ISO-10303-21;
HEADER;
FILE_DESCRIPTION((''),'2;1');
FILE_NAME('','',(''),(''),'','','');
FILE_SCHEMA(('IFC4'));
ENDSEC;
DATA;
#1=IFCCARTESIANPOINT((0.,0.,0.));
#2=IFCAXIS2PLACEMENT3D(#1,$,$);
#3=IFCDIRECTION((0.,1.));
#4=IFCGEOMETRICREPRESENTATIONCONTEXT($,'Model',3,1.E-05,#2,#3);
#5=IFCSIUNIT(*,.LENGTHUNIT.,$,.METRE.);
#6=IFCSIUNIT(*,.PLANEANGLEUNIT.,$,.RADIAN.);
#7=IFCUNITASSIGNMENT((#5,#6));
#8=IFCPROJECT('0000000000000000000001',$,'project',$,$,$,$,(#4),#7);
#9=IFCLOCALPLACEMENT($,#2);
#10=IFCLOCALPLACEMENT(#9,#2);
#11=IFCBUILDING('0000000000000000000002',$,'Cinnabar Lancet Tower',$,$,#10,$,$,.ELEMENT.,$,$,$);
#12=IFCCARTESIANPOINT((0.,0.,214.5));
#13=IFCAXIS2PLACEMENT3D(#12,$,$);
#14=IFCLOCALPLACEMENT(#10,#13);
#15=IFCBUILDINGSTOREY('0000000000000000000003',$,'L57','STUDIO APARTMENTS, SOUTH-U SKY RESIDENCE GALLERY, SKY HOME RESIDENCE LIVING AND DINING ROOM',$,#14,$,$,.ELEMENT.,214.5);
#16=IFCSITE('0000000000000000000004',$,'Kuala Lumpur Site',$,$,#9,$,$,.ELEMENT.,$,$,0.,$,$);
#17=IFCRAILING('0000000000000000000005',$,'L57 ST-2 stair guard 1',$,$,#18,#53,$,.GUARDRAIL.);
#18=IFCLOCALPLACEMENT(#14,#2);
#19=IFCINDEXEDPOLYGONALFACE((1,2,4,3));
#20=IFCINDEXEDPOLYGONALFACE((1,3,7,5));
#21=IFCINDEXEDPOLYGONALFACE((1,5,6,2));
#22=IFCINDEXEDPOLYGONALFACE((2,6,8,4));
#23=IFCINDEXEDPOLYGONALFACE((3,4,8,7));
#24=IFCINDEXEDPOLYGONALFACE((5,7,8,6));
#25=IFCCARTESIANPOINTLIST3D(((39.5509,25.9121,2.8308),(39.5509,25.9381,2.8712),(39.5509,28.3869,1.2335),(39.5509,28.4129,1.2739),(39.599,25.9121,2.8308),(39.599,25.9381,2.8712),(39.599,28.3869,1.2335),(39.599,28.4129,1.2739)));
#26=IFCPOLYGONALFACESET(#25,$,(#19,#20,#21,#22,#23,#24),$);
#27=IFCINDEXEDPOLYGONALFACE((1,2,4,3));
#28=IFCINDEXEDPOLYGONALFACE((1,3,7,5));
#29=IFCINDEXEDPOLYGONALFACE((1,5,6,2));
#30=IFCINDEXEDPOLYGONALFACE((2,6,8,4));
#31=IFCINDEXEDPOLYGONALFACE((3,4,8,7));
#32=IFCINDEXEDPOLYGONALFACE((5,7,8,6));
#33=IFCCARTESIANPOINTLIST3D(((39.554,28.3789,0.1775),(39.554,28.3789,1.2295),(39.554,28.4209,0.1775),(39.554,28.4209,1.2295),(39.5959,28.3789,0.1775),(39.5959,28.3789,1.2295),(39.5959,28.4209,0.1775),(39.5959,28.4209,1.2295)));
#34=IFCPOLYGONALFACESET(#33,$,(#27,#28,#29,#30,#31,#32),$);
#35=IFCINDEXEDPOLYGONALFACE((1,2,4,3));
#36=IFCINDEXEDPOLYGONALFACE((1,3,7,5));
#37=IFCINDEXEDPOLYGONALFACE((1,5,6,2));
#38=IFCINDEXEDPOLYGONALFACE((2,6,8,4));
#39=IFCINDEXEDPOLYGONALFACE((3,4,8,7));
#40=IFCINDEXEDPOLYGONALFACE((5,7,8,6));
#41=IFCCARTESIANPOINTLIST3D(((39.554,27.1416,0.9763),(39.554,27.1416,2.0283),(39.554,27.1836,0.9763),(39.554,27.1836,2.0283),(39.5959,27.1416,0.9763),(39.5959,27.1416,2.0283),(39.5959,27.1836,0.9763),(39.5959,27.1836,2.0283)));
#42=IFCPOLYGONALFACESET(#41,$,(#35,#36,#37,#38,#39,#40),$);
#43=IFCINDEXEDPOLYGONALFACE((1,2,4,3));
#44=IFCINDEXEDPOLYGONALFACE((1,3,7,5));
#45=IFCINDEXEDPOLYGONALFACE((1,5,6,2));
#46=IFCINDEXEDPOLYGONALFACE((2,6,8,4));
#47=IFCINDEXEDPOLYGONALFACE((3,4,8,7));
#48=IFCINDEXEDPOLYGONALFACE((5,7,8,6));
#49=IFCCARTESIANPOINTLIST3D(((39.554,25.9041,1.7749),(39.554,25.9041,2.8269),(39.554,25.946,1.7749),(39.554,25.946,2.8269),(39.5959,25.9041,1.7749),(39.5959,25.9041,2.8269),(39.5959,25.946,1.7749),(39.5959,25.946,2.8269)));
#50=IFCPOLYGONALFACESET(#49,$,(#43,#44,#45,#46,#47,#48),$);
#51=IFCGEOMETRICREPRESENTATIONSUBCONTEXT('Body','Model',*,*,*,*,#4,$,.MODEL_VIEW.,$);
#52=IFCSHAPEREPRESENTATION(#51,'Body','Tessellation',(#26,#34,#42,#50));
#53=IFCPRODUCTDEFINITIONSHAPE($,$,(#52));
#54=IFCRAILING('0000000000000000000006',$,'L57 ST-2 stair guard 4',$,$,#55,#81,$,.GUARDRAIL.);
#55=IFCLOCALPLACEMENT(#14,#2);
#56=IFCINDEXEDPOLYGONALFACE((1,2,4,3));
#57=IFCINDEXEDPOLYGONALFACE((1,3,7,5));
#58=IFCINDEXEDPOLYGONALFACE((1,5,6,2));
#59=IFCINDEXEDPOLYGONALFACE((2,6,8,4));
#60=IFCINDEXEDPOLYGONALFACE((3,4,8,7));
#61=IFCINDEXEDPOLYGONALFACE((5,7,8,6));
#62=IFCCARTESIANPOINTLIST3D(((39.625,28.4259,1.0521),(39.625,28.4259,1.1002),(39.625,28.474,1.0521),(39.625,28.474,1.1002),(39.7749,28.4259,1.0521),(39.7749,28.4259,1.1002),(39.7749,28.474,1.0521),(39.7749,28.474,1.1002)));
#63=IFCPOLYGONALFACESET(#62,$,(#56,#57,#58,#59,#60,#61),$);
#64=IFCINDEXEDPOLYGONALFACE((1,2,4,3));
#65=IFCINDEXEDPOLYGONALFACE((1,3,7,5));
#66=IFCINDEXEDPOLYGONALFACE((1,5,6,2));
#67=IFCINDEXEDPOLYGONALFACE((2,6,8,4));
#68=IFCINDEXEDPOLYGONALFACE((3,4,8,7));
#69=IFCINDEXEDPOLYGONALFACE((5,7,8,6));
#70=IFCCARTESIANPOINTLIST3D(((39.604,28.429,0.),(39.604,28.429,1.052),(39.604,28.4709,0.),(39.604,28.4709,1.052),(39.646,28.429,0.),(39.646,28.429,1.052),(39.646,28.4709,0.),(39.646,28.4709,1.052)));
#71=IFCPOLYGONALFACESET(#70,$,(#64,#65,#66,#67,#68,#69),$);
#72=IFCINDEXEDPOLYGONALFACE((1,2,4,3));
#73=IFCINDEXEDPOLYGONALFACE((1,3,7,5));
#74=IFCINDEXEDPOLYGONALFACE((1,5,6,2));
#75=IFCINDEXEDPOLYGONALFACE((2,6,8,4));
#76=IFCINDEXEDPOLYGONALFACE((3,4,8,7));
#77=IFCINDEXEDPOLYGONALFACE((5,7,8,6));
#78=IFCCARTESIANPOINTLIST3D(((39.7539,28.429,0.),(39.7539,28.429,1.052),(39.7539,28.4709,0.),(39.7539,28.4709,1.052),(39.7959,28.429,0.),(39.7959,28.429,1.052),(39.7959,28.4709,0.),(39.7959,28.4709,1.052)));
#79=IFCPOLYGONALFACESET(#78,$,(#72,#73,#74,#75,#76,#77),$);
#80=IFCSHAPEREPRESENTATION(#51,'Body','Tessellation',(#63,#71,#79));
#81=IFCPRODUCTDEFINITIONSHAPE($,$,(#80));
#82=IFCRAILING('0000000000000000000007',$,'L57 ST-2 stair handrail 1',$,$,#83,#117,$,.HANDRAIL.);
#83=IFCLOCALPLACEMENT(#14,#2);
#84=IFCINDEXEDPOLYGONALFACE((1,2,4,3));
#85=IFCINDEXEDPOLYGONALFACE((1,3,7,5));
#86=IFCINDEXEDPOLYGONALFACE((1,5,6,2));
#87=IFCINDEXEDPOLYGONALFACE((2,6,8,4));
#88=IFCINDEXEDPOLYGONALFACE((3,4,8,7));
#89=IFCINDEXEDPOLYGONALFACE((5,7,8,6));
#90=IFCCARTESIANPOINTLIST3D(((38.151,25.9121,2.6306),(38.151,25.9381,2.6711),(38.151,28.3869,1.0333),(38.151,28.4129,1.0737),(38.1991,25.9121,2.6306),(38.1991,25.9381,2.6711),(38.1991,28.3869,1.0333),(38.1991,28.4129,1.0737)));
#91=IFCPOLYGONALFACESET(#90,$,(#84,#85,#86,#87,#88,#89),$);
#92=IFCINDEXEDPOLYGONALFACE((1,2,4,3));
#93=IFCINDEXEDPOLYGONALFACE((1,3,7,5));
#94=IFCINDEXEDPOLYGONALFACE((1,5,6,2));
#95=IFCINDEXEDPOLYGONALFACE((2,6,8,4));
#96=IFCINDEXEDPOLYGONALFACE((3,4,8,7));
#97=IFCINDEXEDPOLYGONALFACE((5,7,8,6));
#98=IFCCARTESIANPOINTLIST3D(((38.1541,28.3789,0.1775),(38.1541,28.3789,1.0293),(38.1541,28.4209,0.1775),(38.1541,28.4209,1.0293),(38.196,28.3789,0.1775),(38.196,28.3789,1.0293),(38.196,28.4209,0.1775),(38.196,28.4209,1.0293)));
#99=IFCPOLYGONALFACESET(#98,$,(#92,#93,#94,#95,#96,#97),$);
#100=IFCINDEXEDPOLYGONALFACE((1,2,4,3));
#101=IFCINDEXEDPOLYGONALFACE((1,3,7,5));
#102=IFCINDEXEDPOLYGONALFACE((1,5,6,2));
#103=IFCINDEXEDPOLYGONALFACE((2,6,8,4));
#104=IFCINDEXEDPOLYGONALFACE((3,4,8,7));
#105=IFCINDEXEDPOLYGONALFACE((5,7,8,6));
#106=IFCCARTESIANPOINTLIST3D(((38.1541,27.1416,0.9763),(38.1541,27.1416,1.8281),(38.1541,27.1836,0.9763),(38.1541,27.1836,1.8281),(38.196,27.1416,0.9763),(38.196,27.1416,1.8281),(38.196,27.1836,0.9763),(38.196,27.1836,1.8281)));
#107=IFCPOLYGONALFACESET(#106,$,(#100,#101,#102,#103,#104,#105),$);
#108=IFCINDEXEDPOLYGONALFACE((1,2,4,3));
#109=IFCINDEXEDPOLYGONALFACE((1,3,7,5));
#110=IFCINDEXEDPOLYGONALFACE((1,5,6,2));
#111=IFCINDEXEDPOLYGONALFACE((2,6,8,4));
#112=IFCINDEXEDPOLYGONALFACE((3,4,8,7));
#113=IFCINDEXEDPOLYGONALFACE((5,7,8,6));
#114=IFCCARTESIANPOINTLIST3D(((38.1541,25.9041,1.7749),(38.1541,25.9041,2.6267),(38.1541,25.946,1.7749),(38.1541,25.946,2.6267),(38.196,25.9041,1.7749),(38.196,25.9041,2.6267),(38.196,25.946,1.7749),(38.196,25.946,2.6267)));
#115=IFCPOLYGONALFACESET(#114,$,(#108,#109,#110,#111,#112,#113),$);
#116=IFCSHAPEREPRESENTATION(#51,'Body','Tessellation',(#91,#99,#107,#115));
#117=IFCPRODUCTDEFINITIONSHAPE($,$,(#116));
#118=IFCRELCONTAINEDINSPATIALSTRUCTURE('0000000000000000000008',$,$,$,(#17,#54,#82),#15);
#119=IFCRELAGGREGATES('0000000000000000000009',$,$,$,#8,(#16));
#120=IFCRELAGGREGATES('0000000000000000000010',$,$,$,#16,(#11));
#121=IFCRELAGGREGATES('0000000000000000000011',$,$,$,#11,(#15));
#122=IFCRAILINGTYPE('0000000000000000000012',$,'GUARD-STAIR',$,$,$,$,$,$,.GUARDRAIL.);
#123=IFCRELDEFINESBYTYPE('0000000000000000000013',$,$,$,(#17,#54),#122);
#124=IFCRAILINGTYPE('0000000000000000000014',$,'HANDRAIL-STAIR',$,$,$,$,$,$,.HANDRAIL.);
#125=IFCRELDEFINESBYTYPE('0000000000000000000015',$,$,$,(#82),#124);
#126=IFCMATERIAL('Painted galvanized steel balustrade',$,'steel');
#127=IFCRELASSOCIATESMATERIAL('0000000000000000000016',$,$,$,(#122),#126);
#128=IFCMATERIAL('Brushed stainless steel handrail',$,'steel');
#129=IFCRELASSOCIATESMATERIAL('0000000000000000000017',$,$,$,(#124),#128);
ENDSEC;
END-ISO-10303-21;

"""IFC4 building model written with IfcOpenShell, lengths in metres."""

from ifc_helpers import new_model, si_unit, direction, frame, origin, origin_2d, place, context, subcontext, project, spatial, rectangle, extrude, material, type_object, element, save


model = new_model("IFC4")

# Units and contexts
model_context = context("Model", 3, precision=1e-05, world=origin(), true_north=direction((0.0, 1.0)))
body_context = subcontext(model_context, "Body", "Model", "MODEL_VIEW")
ifc_project = project(units=[si_unit("LENGTHUNIT", "METRE"), si_unit("PLANEANGLEUNIT", "RADIAN")], contexts=[model_context])

# Site, building, storey
site_placement = place(None, origin())
site = spatial("IfcSite", under=ifc_project, at=site_placement, Name="Kuala Lumpur Site", CompositionType="ELEMENT", RefElevation=0.0)
building_placement = place(site_placement, origin())
building = spatial("IfcBuilding", under=site, at=building_placement, Name="Cinnabar Lancet Tower", CompositionType="ELEMENT")
storey_placement = place(building_placement, frame((0.0, 0.0, 214.5)))
storey = spatial("IfcBuildingStorey", under=building, at=storey_placement, Name="L57", Description="STUDIO APARTMENTS, SOUTH-U SKY RESIDENCE GALLERY, SKY HOME RESIDENCE LIVING AND DINING ROOM", CompositionType="ELEMENT", Elevation=214.5)

# Railings
ifc_material_1 = material(Name="Painted galvanized steel balustrade", Category="steel")
railing_type_1 = type_object("IfcRailingType", Name="GUARD-STAIR", PredefinedType="GUARDRAIL", material=ifc_material_1)
railing_1_placement = place(storey_placement, frame((39.575, 28.3999, 0.1775)))
element("IfcRailing", 1, at=railing_1_placement, inside=storey, type_object=railing_type_1, Name="L57 ST-2 stair guard 1", PredefinedType="GUARDRAIL", context=body_context, shape_type="SweptSolid", body=[
    extrude(rectangle(XDim=0.0481, YDim=0.0481, at=origin_2d()), frame((0.0, 0.0, 1.0762), z_axis=(0.0, -0.840183, 0.542302), x_axis=(1.0, 0.0, 0.0)), (0.0, 0.0, 1.0), 2.9456),
    extrude(rectangle(XDim=0.042, YDim=0.042, at=origin_2d()), origin(), (0.0, 0.0, 1.0), 1.052),
    extrude(rectangle(XDim=0.042, YDim=0.042, at=origin_2d()), frame((0.0, -1.2373, 0.7988)), (0.0, 0.0, 1.0), 1.052),
    extrude(rectangle(XDim=0.042, YDim=0.042, at=origin_2d()), frame((0.0, -2.4749, 1.5974)), (0.0, 0.0, 1.0), 1.052),
])
railing_2_placement = place(storey_placement, frame((39.625, 28.45, 0.0)))
element("IfcRailing", 2, at=railing_2_placement, inside=storey, type_object=railing_type_1, Name="L57 ST-2 stair guard 4", PredefinedType="GUARDRAIL", context=body_context, shape_type="SweptSolid", body=[
    extrude(rectangle(XDim=0.0481, YDim=0.0481, at=origin_2d()), frame((0.0, 0.0, 1.0762), z_axis=(1.0, 0.0, 0.0), x_axis=(0.0, 1.0, 0.0)), (0.0, 0.0, 1.0), 0.1499),
    extrude(rectangle(XDim=0.042, YDim=0.042, at=origin_2d()), origin(), (0.0, 0.0, 1.0), 1.052),
    extrude(rectangle(XDim=0.042, YDim=0.042, at=origin_2d()), frame((0.1499, 0.0, 0.0)), (0.0, 0.0, 1.0), 1.052),
])
ifc_material_2 = material(Name="Brushed stainless steel handrail", Category="steel")
railing_type_2 = type_object("IfcRailingType", Name="HANDRAIL-STAIR", PredefinedType="HANDRAIL", material=ifc_material_2)
railing_3_placement = place(storey_placement, frame((38.175, 28.3999, 0.1775)))
element("IfcRailing", 3, at=railing_3_placement, inside=storey, type_object=railing_type_2, Name="L57 ST-2 stair handrail 1", PredefinedType="HANDRAIL", context=body_context, shape_type="SweptSolid", body=[
    extrude(rectangle(XDim=0.0481, YDim=0.0481, at=origin_2d()), frame((0.0, 0.0, 0.876), z_axis=(0.0, -0.840183, 0.542302), x_axis=(1.0, 0.0, 0.0)), (0.0, 0.0, 1.0), 2.9456),
    extrude(rectangle(XDim=0.042, YDim=0.042, at=origin_2d()), origin(), (0.0, 0.0, 1.0), 0.8518),
    extrude(rectangle(XDim=0.042, YDim=0.042, at=origin_2d()), frame((0.0, -1.2373, 0.7988)), (0.0, 0.0, 1.0), 0.8518),
    extrude(rectangle(XDim=0.042, YDim=0.042, at=origin_2d()), frame((0.0, -2.4749, 1.5974)), (0.0, 0.0, 1.0), 0.8518),
])

save(model, "model.ifc")
